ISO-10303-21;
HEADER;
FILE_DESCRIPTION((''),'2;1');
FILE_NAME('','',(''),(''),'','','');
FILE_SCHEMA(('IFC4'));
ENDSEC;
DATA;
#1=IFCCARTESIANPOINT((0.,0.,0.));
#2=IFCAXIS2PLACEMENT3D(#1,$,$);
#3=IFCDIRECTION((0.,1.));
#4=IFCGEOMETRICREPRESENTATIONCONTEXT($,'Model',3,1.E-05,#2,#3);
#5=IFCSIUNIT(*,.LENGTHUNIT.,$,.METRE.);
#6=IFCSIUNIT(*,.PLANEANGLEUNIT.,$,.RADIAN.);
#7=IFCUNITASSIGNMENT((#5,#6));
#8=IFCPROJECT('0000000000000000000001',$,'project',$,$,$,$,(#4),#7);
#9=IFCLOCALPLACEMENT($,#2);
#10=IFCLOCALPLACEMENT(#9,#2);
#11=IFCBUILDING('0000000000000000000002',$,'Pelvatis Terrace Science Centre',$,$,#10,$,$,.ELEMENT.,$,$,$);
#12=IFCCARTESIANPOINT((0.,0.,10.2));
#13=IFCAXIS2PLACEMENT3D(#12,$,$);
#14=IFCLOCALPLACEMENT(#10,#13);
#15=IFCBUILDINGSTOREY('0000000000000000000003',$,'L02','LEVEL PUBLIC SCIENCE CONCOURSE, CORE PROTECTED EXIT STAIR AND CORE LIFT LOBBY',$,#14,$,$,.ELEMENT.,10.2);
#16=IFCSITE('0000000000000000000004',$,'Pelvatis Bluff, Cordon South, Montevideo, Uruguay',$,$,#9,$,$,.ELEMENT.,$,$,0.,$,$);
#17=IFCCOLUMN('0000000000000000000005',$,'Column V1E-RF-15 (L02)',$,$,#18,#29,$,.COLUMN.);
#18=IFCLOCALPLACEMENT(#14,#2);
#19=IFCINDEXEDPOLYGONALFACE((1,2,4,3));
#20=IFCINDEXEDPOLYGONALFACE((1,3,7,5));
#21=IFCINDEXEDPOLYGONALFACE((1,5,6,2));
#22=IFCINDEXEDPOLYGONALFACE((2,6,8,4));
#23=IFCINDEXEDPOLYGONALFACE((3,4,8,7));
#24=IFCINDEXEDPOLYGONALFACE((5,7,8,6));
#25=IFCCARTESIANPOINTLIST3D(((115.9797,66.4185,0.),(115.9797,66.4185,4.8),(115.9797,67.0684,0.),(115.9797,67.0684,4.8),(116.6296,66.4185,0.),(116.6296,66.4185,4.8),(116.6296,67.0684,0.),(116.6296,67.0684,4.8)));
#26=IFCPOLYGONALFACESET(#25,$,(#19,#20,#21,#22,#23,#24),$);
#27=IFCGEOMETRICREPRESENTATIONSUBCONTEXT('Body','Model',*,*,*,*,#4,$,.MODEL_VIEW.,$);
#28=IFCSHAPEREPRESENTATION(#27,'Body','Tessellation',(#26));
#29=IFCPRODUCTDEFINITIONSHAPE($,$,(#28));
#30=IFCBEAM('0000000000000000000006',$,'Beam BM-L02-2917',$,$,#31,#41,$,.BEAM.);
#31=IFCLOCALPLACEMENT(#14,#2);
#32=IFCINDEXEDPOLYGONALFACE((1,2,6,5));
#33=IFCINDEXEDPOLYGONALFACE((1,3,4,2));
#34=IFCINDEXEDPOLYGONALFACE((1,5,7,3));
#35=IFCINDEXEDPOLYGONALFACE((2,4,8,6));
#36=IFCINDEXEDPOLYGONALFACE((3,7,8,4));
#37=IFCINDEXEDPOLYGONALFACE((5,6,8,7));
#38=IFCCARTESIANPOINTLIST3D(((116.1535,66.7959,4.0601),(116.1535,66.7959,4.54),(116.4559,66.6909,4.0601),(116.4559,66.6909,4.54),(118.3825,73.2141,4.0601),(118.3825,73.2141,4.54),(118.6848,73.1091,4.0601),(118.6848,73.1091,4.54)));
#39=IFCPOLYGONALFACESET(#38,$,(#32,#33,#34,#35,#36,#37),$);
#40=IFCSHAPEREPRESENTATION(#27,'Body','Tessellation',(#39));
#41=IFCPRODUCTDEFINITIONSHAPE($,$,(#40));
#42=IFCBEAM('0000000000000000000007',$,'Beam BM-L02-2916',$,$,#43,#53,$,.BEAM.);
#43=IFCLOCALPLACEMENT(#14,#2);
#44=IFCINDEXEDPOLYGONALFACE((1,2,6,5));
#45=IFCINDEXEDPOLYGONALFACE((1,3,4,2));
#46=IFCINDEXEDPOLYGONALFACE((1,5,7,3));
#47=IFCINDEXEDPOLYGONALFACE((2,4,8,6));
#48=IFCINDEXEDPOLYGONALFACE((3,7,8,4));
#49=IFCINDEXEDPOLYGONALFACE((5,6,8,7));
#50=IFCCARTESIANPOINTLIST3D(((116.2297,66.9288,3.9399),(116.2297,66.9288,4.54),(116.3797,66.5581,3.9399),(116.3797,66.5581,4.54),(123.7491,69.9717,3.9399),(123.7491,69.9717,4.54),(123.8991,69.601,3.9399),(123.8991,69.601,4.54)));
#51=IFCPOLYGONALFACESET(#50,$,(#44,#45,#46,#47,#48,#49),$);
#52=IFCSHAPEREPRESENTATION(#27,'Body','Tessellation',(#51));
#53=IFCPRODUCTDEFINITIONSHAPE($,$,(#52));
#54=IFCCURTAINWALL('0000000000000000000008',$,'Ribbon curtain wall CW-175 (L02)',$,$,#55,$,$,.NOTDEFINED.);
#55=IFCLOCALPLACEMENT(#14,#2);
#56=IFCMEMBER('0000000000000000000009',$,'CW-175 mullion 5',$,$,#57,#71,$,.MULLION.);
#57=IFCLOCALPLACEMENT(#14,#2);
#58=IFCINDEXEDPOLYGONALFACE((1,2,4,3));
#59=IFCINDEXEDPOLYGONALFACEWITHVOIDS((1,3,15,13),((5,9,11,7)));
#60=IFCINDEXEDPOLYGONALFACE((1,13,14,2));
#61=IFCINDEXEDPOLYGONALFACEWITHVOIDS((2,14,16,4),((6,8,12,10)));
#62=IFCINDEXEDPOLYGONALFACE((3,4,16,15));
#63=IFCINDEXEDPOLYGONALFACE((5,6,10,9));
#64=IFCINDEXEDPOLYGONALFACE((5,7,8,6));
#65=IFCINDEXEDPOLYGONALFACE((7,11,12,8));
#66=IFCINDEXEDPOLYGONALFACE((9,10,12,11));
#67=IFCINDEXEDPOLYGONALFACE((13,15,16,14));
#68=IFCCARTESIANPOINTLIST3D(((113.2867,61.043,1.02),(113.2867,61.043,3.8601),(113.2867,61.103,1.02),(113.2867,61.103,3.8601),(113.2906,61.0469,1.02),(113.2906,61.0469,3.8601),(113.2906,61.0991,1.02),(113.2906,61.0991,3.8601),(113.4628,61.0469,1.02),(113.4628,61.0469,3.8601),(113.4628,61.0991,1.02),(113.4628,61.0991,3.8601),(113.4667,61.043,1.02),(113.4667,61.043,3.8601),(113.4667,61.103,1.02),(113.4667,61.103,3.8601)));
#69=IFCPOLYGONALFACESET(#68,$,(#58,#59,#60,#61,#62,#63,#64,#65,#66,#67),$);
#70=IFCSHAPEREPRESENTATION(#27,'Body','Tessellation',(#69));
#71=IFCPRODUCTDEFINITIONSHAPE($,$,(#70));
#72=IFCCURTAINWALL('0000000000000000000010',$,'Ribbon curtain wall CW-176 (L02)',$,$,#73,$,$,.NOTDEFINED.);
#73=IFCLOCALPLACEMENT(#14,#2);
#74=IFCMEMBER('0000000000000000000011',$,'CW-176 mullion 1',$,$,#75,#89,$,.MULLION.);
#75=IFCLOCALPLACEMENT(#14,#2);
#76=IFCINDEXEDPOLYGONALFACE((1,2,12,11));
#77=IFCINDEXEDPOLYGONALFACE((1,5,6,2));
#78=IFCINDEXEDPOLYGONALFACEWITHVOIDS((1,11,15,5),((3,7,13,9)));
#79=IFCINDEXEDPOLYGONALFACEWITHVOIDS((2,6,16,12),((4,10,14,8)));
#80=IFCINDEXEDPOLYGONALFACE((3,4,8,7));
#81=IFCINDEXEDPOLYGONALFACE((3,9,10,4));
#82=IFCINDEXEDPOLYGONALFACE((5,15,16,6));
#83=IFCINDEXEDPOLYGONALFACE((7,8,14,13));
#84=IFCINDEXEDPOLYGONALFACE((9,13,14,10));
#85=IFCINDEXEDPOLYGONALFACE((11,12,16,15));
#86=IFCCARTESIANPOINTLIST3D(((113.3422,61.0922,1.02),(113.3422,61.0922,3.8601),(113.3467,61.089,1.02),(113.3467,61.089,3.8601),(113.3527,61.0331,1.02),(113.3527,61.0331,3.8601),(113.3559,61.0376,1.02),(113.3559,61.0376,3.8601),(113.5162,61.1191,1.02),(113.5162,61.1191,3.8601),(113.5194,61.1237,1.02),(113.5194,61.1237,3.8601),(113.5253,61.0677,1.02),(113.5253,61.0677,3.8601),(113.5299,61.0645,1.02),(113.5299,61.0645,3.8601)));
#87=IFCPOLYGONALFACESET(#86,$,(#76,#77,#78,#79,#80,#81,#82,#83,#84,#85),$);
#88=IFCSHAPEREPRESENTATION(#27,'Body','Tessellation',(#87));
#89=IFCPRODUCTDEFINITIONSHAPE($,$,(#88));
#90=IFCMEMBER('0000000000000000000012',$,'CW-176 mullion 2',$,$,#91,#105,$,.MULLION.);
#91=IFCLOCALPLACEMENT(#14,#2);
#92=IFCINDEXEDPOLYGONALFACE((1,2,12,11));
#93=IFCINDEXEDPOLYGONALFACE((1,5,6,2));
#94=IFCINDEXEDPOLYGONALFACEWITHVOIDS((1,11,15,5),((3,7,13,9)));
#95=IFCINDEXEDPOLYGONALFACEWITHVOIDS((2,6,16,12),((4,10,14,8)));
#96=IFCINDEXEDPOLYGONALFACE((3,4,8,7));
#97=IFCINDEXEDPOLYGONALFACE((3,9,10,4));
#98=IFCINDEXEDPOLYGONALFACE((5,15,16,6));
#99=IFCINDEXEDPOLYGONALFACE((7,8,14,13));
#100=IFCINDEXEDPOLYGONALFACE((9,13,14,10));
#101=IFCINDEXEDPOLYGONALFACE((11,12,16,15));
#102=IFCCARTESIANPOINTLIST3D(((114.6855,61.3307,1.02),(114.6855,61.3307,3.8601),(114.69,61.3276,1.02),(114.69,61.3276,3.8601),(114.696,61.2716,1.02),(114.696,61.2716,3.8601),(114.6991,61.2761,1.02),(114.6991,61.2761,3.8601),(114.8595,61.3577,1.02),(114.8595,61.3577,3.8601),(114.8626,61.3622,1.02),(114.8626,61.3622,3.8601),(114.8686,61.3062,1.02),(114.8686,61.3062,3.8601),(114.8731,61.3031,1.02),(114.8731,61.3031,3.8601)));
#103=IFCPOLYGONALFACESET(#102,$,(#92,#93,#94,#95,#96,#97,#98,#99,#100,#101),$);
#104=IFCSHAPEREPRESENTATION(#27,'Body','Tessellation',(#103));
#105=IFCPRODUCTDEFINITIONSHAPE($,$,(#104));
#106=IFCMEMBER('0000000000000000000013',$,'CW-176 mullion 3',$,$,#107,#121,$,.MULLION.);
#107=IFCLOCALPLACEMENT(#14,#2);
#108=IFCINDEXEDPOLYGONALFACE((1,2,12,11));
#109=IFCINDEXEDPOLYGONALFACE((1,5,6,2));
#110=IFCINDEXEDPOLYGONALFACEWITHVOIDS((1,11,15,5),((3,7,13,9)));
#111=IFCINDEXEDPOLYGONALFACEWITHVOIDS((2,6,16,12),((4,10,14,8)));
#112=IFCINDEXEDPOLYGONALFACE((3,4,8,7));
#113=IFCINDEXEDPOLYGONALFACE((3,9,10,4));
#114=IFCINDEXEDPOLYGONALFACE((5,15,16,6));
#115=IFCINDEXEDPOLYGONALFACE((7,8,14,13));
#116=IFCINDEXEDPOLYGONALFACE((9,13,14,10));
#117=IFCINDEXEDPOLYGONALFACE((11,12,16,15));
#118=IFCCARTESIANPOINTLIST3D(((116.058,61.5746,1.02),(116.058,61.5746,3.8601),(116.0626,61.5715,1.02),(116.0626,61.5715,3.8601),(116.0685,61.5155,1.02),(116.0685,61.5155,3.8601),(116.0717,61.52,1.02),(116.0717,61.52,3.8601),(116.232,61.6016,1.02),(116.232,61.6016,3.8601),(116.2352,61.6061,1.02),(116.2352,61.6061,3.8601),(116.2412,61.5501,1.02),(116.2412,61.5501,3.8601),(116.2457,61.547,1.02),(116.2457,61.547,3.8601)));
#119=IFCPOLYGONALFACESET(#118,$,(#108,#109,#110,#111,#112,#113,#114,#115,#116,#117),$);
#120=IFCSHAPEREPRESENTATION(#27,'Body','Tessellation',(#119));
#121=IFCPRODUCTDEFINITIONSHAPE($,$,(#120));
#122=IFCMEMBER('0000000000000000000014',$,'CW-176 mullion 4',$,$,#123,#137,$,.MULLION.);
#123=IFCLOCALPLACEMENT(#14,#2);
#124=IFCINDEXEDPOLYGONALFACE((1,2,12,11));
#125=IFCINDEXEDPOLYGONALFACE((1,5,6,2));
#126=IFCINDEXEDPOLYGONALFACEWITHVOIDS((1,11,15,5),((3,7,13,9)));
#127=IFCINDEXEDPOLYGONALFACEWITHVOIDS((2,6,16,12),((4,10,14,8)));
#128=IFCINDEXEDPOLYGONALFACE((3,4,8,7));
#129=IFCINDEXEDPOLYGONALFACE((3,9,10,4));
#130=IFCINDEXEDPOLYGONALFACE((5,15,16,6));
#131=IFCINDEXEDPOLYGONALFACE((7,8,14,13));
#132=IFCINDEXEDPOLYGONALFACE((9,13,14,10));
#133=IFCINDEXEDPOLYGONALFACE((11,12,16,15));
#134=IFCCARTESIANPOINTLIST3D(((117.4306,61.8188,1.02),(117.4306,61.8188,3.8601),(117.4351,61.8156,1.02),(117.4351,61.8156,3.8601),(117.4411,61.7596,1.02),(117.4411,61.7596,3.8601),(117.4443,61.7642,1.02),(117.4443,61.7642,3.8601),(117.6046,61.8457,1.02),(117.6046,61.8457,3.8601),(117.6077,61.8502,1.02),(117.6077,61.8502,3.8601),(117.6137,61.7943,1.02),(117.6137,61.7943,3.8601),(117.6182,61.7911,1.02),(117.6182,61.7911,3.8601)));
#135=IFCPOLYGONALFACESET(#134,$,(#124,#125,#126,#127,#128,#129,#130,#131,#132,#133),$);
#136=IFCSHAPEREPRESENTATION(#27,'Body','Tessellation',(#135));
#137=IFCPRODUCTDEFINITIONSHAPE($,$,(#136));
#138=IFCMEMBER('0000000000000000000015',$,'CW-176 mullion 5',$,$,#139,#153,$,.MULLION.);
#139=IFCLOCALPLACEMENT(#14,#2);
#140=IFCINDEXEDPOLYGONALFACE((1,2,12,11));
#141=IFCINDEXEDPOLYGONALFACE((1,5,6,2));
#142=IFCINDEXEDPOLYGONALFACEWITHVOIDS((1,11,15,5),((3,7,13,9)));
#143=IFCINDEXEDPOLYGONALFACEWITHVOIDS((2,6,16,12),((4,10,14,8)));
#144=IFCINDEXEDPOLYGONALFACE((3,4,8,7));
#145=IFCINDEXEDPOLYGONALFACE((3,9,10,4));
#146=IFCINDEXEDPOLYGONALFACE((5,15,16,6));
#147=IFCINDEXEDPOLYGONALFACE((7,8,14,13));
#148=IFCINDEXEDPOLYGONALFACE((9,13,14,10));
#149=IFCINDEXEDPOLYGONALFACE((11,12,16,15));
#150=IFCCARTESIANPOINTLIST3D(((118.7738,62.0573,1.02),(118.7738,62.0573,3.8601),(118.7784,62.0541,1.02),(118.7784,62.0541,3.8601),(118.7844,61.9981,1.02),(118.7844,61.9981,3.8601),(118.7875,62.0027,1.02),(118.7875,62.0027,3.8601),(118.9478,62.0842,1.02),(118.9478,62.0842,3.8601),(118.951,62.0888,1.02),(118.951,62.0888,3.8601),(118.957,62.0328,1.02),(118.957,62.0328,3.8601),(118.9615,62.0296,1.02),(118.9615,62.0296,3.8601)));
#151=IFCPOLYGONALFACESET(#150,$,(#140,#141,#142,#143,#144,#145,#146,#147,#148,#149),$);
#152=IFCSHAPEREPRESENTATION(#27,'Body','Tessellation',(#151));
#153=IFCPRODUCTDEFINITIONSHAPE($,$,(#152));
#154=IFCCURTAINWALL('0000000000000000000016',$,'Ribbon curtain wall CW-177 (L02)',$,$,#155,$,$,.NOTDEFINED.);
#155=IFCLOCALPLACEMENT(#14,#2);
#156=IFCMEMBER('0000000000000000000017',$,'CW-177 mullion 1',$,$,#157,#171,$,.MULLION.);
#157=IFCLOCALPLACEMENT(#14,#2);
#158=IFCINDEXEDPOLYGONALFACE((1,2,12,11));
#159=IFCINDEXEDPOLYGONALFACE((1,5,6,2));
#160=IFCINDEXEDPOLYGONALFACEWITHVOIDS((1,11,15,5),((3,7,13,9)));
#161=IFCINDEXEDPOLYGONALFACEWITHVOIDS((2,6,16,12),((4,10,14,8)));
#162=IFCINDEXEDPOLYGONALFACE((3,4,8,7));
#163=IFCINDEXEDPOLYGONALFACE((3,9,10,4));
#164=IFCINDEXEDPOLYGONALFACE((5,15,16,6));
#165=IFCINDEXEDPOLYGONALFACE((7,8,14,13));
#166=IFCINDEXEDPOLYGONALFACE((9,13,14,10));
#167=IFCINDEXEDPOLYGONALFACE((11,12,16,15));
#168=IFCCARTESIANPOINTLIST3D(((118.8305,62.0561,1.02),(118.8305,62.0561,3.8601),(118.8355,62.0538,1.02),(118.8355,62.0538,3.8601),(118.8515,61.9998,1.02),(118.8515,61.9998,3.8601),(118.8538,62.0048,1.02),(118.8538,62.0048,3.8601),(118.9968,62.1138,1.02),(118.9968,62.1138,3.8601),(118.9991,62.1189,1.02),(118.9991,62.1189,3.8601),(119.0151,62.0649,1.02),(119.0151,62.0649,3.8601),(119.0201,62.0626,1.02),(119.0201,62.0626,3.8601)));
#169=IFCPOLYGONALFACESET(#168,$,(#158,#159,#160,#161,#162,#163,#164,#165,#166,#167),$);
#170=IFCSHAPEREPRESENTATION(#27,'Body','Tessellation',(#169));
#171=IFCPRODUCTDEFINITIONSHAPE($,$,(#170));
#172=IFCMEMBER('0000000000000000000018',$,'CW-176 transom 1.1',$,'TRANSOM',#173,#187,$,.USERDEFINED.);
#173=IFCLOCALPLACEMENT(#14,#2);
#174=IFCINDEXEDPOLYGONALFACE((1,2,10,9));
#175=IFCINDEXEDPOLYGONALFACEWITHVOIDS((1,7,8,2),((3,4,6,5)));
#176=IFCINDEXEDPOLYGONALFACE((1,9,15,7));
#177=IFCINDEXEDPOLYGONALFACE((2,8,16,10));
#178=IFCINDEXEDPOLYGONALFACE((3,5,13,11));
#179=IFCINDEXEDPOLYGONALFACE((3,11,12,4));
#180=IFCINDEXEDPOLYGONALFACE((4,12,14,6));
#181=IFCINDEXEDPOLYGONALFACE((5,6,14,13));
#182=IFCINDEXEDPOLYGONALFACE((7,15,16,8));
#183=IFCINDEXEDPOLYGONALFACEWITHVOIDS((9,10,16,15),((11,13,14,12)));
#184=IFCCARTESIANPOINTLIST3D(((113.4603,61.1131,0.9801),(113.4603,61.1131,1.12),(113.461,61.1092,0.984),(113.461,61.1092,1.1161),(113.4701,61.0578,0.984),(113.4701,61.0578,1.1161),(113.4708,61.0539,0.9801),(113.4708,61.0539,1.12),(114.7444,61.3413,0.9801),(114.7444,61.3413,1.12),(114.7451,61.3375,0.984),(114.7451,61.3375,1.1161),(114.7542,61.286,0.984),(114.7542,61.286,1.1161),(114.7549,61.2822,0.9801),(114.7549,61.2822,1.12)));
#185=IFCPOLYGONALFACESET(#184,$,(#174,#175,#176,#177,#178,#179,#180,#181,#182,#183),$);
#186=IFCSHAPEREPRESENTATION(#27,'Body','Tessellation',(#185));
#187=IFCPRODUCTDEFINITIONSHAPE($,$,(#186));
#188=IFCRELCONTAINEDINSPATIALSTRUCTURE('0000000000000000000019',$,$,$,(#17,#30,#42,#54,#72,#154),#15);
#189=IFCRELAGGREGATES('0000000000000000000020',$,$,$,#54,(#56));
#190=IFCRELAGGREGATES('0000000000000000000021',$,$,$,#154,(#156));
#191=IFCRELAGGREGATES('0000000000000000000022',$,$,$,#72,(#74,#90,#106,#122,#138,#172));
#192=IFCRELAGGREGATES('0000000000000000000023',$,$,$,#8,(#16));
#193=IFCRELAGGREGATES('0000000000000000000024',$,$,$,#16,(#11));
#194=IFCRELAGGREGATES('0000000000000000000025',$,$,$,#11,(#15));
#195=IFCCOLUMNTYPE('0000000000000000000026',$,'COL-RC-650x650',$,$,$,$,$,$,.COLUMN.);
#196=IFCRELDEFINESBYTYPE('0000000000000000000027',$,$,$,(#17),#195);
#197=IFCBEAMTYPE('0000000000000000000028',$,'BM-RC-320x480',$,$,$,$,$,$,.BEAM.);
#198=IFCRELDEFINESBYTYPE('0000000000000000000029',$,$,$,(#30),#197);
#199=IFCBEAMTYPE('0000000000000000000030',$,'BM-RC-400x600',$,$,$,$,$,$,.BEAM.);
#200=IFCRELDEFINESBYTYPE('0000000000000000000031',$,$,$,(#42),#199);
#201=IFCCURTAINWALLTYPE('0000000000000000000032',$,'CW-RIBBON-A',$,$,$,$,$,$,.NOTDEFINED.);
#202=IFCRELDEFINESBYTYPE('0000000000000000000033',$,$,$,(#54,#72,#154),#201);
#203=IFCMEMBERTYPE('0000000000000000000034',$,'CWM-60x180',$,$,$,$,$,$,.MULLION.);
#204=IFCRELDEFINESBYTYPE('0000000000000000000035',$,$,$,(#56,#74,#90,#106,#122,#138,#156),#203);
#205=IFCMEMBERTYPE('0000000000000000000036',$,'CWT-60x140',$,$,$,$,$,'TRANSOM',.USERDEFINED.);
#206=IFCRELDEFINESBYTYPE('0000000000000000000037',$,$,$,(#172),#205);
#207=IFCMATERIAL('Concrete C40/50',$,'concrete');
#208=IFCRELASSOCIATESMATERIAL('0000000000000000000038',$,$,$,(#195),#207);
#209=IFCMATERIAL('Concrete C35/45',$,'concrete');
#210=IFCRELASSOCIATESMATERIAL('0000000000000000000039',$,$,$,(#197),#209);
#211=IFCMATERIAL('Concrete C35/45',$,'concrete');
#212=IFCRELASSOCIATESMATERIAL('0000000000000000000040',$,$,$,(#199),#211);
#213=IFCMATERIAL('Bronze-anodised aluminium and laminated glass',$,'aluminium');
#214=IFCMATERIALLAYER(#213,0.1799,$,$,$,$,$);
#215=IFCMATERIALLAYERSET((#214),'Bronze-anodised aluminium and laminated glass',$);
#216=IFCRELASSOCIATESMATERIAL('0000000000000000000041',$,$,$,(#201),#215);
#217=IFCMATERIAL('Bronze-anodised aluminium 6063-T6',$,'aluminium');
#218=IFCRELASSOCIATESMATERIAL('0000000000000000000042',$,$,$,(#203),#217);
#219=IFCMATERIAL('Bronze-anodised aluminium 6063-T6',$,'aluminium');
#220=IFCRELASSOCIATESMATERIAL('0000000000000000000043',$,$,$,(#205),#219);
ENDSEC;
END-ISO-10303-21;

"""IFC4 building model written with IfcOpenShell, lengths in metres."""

from ifc_helpers import new_model, si_unit, direction, frame, origin, origin_2d, place, context, subcontext, project, spatial, rectangle, hollow_rectangle, extrude, material, layer, layer_set, material_profile, profile_set, type_object, element, aggregate, save


model = new_model("IFC4")

# Units and contexts
model_context = context("Model", 3, precision=1e-05, world=origin(), true_north=direction((0.0, 1.0)))
body_context = subcontext(model_context, "Body", "Model", "MODEL_VIEW")
ifc_project = project(units=[si_unit("LENGTHUNIT", "METRE"), si_unit("PLANEANGLEUNIT", "RADIAN")], contexts=[model_context])

# Site, building, storey
site_placement = place(None, origin())
site = spatial("IfcSite", under=ifc_project, at=site_placement, Name="Pelvatis Bluff, Cordon South, Montevideo, Uruguay", CompositionType="ELEMENT", RefElevation=0.0)
building_placement = place(site_placement, origin())
building = spatial("IfcBuilding", under=site, at=building_placement, Name="Pelvatis Terrace Science Centre", CompositionType="ELEMENT")
storey_placement = place(building_placement, frame((0.0, 0.0, 10.2)))
storey = spatial("IfcBuildingStorey", under=building, at=storey_placement, Name="L02", Description="LEVEL PUBLIC SCIENCE CONCOURSE, CORE PROTECTED EXIT STAIR AND CORE LIFT LOBBY", CompositionType="ELEMENT", Elevation=10.2)

# Column
ifc_material_1 = material(Name="Concrete C40/50", Category="concrete")
ifc_material_profile_1 = material_profile(ifc_material_1, rectangle(XDim=0.6499, YDim=0.6499, at=origin_2d()), Name="RC-COL 650x650")
ifc_profile_set_1 = profile_set([ifc_material_profile_1], Name="Concrete C40/50")
column_type = type_object("IfcColumnType", Name="COL-RC-650x650", PredefinedType="COLUMN", material=ifc_profile_set_1)
column_placement = place(storey_placement, frame((116.3047, 66.7434, 0.0), z_axis=(0.0, 0.0, 1.0), x_axis=(1.0, 0.0, 0.0)))
element("IfcColumn", 1, at=column_placement, inside=storey, type_object=column_type, Name="Column V1E-RF-15 (L02)", PredefinedType="COLUMN", context=body_context, shape_type="SweptSolid", body=[
    extrude(rectangle(XDim=0.6499, YDim=0.6499, at=origin_2d()), origin(), (0.0, 0.0, 1.0), 4.8),
])

# Beams
ifc_material_2 = material(Name="Concrete C35/45", Category="concrete")
ifc_material_profile_2 = material_profile(ifc_material_2, rectangle(XDim=0.3201, YDim=0.48, at=origin_2d()), Name="RC-BM 320x480")
ifc_profile_set_2 = profile_set([ifc_material_profile_2], Name="Concrete C35/45")
beam_type_1 = type_object("IfcBeamType", Name="BM-RC-320x480", PredefinedType="BEAM", material=ifc_profile_set_2)
beam_1_placement = place(storey_placement, frame((116.3047, 66.7434, 4.3), z_axis=(0.328072, 0.944653, 0.0), x_axis=(-0.944653, 0.328072, 0.0)))
element("IfcBeam", 2, at=beam_1_placement, inside=storey, type_object=beam_type_1, Name="Beam BM-L02-2917", PredefinedType="BEAM", context=body_context, shape_type="SweptSolid", body=[
    extrude(rectangle(XDim=0.3201, YDim=0.48, at=origin_2d()), origin(), (0.0, 0.0, 1.0), 6.7942),
])
ifc_material_3 = material(Name="Concrete C35/45", Category="concrete")
ifc_material_profile_3 = material_profile(ifc_material_3, rectangle(XDim=0.3999, YDim=0.6001, at=origin_2d()), Name="RC-BM 400x600")
ifc_profile_set_3 = profile_set([ifc_material_profile_3], Name="Concrete C35/45")
beam_type_2 = type_object("IfcBeamType", Name="BM-RC-400x600", PredefinedType="BEAM", material=ifc_profile_set_3)
beam_2_placement = place(storey_placement, frame((116.3047, 66.7434, 4.24), z_axis=(0.926975, 0.375124, 0.0), x_axis=(-0.375124, 0.926975, 0.0)))
element("IfcBeam", 3, at=beam_2_placement, inside=storey, type_object=beam_type_2, Name="Beam BM-L02-2916", PredefinedType="BEAM", context=body_context, shape_type="SweptSolid", body=[
    extrude(rectangle(XDim=0.3999, YDim=0.6001, at=origin_2d()), origin(), (0.0, 0.0, 1.0), 8.1118),
])

# Curtain wall, member
ifc_material_4 = material(Name="Bronze-anodised aluminium and laminated glass", Category="aluminium")
ifc_layer_1 = layer(ifc_material_4, 0.1799)
ifc_layer_set_1 = layer_set([ifc_layer_1], Name="Bronze-anodised aluminium and laminated glass")
curtain_wall_type = type_object("IfcCurtainWallType", Name="CW-RIBBON-A", PredefinedType="NOTDEFINED", material=ifc_layer_set_1)
curtain_wall_1_placement = place(storey_placement, origin())
curtain_wall_1 = element("IfcCurtainWall", 4, at=curtain_wall_1_placement, inside=storey, type_object=curtain_wall_type, Name="Ribbon curtain wall CW-175 (L02)", PredefinedType="NOTDEFINED")
ifc_material_5 = material(Name="Bronze-anodised aluminium 6063-T6", Category="aluminium")
ifc_material_profile_4 = material_profile(ifc_material_5, hollow_rectangle(XDim=0.0601, YDim=0.1799, WallThickness=0.0039, at=origin_2d()), Name="ALU-MUL 60x180")
ifc_profile_set_4 = profile_set([ifc_material_profile_4], Name="Bronze-anodised aluminium 6063-T6")
member_type_1 = type_object("IfcMemberType", Name="CWM-60x180", PredefinedType="MULLION", material=ifc_profile_set_4)
member_1_placement = place(storey_placement, frame((113.3767, 61.073, 1.02), z_axis=(0.0, 0.0, 1.0), x_axis=(0.0, 1.0, 0.0)))
member_1 = element("IfcMember", 5, at=member_1_placement, type_object=member_type_1, Name="CW-175 mullion 5", PredefinedType="MULLION", context=body_context, shape_type="SweptSolid", body=[
    extrude(hollow_rectangle(XDim=0.0601, YDim=0.1799, WallThickness=0.0039, at=origin_2d()), origin(), (0.0, 0.0, 1.0), 2.8401),
])
aggregate(curtain_wall_1, [member_1])

# Curtain wall, members
curtain_wall_2_placement = place(storey_placement, origin())
curtain_wall_2 = element("IfcCurtainWall", 6, at=curtain_wall_2_placement, inside=storey, type_object=curtain_wall_type, Name="Ribbon curtain wall CW-176 (L02)", PredefinedType="NOTDEFINED")
member_2_placement = place(storey_placement, frame((113.436, 61.0784, 1.02), z_axis=(0.0, 0.0, 1.0), x_axis=(-0.174983, 0.984571, 0.0)))
member_2 = element("IfcMember", 7, at=member_2_placement, type_object=member_type_1, Name="CW-176 mullion 1", PredefinedType="MULLION", context=body_context, shape_type="SweptSolid", body=[
    extrude(hollow_rectangle(XDim=0.0601, YDim=0.1799, WallThickness=0.0039, at=origin_2d()), origin(), (0.0, 0.0, 1.0), 2.8401),
])
member_3_placement = place(storey_placement, frame((114.7793, 61.3169, 1.02), z_axis=(0.0, 0.0, 1.0), x_axis=(-0.174983, 0.984571, 0.0)))
member_3 = element("IfcMember", 8, at=member_3_placement, type_object=member_type_1, Name="CW-176 mullion 2", PredefinedType="MULLION", context=body_context, shape_type="SweptSolid", body=[
    extrude(hollow_rectangle(XDim=0.0601, YDim=0.1799, WallThickness=0.0039, at=origin_2d()), origin(), (0.0, 0.0, 1.0), 2.8401),
])
member_4_placement = place(storey_placement, frame((116.1519, 61.5608, 1.02), z_axis=(0.0, 0.0, 1.0), x_axis=(-0.174983, 0.984571, 0.0)))
member_4 = element("IfcMember", 9, at=member_4_placement, type_object=member_type_1, Name="CW-176 mullion 3", PredefinedType="MULLION", context=body_context, shape_type="SweptSolid", body=[
    extrude(hollow_rectangle(XDim=0.0601, YDim=0.1799, WallThickness=0.0039, at=origin_2d()), origin(), (0.0, 0.0, 1.0), 2.8401),
])
member_5_placement = place(storey_placement, frame((117.5244, 61.8049, 1.02), z_axis=(0.0, 0.0, 1.0), x_axis=(-0.174983, 0.984571, 0.0)))
member_5 = element("IfcMember", 10, at=member_5_placement, type_object=member_type_1, Name="CW-176 mullion 4", PredefinedType="MULLION", context=body_context, shape_type="SweptSolid", body=[
    extrude(hollow_rectangle(XDim=0.0601, YDim=0.1799, WallThickness=0.0039, at=origin_2d()), origin(), (0.0, 0.0, 1.0), 2.8401),
])
member_6_placement = place(storey_placement, frame((118.8677, 62.0435, 1.02), z_axis=(0.0, 0.0, 1.0), x_axis=(-0.174983, 0.984571, 0.0)))
member_6 = element("IfcMember", 11, at=member_6_placement, type_object=member_type_1, Name="CW-176 mullion 5", PredefinedType="MULLION", context=body_context, shape_type="SweptSolid", body=[
    extrude(hollow_rectangle(XDim=0.0601, YDim=0.1799, WallThickness=0.0039, at=origin_2d()), origin(), (0.0, 0.0, 1.0), 2.8401),
])

# Curtain wall, member
curtain_wall_3_placement = place(storey_placement, origin())
curtain_wall_3 = element("IfcCurtainWall", 12, at=curtain_wall_3_placement, inside=storey, type_object=curtain_wall_type, Name="Ribbon curtain wall CW-177 (L02)", PredefinedType="NOTDEFINED")
member_7_placement = place(storey_placement, frame((118.9253, 62.0593, 1.02), z_axis=(0.0, 0.0, 1.0), x_axis=(-0.348869, 0.937171, 0.0)))
member_7 = element("IfcMember", 13, at=member_7_placement, type_object=member_type_1, Name="CW-177 mullion 1", PredefinedType="MULLION", context=body_context, shape_type="SweptSolid", body=[
    extrude(hollow_rectangle(XDim=0.0601, YDim=0.1799, WallThickness=0.0039, at=origin_2d()), origin(), (0.0, 0.0, 1.0), 2.8401),
])

# Member
ifc_material_6 = material(Name="Bronze-anodised aluminium 6063-T6", Category="aluminium")
ifc_material_profile_5 = material_profile(ifc_material_6, hollow_rectangle(XDim=0.0601, YDim=0.1399, WallThickness=0.0039, at=origin_2d()), Name="ALU-TRN 60x140")
ifc_profile_set_5 = profile_set([ifc_material_profile_5], Name="Bronze-anodised aluminium 6063-T6")
member_type_2 = type_object("IfcMemberType", Name="CWT-60x140", ElementType="TRANSOM", PredefinedType="USERDEFINED", material=ifc_profile_set_5)
member_8_placement = place(storey_placement, frame((113.4656, 61.0835, 1.05), z_axis=(0.984566, 0.175013, 0.0), x_axis=(-0.175013, 0.984566, 0.0)))
member_8 = element("IfcMember", 14, at=member_8_placement, type_object=member_type_2, Name="CW-176 transom 1.1", ObjectType="TRANSOM", PredefinedType="USERDEFINED", context=body_context, shape_type="SweptSolid", body=[
    extrude(hollow_rectangle(XDim=0.0601, YDim=0.1399, WallThickness=0.0039, at=origin_2d()), origin(), (0.0, 0.0, 1.0), 1.3042),
])
aggregate(curtain_wall_3, [member_7])

aggregate(curtain_wall_2, [member_2, member_3, member_4, member_5, member_6, member_8])

save(model, "model.ifc")
